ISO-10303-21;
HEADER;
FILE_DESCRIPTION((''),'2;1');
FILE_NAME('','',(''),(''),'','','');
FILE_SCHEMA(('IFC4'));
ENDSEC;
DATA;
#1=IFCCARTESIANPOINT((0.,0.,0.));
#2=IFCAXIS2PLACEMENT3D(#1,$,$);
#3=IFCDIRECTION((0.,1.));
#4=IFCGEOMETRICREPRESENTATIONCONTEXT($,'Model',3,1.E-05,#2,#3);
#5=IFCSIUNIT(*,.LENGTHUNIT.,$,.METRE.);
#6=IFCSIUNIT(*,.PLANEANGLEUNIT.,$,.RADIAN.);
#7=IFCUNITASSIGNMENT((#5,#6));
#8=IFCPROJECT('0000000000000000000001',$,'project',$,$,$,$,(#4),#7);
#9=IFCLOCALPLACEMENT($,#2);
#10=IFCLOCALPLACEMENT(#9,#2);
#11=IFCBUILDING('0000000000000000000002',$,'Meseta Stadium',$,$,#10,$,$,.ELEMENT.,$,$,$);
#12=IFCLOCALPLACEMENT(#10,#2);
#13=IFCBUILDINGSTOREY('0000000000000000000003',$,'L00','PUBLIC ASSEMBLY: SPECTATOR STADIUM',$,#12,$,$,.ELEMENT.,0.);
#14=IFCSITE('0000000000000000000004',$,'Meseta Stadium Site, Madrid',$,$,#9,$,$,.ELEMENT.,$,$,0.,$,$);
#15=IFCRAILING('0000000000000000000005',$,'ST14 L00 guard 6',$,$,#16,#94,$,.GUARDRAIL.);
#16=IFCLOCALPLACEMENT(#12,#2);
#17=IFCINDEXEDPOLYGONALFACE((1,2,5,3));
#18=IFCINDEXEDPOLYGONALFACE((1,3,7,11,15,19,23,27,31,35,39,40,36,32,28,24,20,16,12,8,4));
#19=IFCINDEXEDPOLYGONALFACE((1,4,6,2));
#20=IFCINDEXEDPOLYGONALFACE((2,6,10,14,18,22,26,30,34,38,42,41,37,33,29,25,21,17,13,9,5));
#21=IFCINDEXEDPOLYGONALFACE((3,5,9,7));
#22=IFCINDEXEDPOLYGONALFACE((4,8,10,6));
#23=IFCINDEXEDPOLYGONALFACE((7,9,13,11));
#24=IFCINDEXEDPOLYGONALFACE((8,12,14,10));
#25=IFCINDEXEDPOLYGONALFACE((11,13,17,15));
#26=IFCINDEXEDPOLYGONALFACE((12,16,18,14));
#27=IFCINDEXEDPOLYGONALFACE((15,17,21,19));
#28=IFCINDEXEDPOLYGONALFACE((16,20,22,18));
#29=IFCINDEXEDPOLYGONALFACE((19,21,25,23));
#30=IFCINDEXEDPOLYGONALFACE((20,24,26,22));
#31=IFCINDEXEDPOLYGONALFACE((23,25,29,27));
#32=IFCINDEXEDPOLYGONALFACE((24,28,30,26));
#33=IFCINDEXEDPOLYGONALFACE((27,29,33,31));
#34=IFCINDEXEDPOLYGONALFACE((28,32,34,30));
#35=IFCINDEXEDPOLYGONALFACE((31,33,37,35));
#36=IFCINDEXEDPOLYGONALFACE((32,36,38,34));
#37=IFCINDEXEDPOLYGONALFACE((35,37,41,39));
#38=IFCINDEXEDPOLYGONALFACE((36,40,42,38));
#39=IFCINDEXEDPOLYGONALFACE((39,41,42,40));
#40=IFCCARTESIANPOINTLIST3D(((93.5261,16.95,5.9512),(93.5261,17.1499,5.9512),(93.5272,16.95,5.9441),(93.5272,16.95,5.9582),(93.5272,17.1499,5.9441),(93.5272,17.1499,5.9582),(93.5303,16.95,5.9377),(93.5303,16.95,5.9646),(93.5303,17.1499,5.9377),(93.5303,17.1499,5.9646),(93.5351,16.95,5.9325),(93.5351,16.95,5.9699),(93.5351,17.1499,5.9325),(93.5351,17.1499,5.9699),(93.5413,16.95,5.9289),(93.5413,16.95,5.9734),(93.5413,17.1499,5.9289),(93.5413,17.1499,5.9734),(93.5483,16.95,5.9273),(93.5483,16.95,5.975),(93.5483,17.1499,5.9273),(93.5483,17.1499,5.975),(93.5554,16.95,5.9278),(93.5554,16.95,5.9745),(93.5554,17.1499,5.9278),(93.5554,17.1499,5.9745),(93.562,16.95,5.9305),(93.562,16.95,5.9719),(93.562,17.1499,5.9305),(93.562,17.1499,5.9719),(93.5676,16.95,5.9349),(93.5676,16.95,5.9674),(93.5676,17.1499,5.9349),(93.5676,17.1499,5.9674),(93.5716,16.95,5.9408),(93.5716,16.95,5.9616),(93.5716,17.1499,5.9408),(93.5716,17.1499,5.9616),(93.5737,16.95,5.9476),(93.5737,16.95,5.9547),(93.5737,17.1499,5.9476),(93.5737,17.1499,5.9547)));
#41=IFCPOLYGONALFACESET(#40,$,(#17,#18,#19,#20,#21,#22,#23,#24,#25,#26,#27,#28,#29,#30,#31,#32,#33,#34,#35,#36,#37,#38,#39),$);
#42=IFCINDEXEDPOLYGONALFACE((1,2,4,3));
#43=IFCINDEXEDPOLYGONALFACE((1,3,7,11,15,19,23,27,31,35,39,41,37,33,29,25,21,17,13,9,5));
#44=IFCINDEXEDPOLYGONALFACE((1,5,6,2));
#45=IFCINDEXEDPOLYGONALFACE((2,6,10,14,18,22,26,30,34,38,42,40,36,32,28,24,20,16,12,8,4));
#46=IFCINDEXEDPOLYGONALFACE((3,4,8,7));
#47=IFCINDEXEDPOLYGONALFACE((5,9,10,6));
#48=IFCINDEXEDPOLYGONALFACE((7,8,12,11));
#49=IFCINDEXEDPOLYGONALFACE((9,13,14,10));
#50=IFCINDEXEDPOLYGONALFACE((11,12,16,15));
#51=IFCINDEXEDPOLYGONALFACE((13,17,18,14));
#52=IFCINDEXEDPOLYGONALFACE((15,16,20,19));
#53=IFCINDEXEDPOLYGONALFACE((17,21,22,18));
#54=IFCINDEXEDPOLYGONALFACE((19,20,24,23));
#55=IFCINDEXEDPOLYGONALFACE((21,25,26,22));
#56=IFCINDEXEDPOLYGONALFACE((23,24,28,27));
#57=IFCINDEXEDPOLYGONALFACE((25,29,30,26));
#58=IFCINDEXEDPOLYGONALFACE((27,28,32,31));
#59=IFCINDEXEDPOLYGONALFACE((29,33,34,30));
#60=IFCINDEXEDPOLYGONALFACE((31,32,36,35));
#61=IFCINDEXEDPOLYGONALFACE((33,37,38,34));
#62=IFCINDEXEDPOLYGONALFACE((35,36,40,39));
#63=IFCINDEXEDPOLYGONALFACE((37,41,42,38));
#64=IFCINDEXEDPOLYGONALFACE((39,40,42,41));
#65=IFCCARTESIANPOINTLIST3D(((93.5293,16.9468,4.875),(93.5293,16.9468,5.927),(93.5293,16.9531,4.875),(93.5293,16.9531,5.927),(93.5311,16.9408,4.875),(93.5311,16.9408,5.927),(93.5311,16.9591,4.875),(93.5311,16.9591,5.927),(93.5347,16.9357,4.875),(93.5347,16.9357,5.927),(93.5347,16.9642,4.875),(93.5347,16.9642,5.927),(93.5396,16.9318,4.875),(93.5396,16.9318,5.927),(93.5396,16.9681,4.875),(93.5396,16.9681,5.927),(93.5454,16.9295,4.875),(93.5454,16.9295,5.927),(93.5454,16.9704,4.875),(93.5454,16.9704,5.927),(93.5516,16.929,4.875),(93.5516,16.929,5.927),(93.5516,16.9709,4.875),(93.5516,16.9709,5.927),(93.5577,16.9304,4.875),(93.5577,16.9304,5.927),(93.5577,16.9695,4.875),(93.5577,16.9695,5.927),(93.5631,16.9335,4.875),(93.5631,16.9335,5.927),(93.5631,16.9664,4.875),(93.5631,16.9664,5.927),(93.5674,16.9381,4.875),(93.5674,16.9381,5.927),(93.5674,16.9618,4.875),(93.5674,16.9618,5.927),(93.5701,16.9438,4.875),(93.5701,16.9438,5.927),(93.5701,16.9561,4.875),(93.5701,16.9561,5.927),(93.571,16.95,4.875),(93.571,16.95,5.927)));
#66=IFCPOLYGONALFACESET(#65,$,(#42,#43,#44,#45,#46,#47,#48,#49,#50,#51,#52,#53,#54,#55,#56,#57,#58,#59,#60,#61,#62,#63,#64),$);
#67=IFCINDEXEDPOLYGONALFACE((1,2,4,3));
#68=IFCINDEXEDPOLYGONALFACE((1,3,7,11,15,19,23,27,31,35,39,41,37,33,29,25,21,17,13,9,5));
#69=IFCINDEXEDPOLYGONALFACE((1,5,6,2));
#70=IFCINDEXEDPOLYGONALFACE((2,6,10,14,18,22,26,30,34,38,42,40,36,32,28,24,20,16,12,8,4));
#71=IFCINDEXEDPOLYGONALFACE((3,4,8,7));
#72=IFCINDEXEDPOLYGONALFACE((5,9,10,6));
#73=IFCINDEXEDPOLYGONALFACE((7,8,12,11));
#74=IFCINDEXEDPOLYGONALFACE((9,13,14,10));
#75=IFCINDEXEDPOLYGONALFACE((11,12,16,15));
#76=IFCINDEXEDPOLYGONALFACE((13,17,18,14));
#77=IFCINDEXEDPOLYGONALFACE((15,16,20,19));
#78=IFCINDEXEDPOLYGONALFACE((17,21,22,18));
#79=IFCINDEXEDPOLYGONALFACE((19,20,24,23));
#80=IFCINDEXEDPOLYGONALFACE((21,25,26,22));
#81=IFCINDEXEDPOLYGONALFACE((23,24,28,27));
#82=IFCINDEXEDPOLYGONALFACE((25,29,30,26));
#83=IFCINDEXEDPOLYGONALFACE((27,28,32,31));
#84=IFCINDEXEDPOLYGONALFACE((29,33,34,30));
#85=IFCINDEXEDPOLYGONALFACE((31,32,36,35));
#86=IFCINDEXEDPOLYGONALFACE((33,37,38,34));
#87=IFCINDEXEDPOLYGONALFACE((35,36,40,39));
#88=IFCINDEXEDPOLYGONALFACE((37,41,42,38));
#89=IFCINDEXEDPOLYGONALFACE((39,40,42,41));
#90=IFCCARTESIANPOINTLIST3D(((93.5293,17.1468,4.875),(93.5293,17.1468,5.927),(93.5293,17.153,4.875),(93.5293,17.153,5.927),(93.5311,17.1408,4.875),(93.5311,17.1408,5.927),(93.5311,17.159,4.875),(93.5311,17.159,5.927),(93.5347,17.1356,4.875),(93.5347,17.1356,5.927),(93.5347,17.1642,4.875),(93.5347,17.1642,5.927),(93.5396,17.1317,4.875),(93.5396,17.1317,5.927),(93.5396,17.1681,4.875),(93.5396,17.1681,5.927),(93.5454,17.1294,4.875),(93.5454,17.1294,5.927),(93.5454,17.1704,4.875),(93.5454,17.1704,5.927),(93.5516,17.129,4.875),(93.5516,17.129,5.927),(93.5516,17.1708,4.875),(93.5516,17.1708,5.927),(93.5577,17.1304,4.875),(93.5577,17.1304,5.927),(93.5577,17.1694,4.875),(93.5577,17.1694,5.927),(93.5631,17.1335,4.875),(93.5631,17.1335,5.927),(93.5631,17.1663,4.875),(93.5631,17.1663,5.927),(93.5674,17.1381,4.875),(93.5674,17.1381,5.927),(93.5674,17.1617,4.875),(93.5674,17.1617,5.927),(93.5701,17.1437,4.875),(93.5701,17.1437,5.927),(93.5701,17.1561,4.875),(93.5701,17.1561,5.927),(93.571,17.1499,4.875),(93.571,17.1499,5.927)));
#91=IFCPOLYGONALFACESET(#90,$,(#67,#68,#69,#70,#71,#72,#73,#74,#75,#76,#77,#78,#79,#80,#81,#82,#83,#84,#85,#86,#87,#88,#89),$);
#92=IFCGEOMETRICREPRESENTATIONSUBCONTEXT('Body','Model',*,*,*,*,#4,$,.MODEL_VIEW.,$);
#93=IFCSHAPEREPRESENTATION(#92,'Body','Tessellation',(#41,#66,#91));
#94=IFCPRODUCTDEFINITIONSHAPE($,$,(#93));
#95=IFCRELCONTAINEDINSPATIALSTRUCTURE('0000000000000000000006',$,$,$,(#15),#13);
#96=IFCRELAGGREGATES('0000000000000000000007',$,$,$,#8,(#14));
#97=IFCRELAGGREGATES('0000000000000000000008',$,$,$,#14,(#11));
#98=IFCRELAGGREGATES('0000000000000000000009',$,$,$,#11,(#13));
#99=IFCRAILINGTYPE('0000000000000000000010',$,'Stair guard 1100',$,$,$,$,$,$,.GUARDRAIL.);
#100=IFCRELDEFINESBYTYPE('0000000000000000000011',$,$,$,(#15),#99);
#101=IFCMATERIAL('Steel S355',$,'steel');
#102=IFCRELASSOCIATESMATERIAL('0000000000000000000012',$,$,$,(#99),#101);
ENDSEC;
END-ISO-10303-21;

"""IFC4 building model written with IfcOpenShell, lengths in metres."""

from ifc_helpers import new_model, si_unit, direction, frame, origin, origin_2d, place, context, subcontext, project, spatial, circle, extrude, material, type_object, element, save


model = new_model("IFC4")

# Units and contexts
model_context = context("Model", 3, precision=1e-05, world=origin(), true_north=direction((0.0, 1.0)))
body_context = subcontext(model_context, "Body", "Model", "MODEL_VIEW")
ifc_project = project(units=[si_unit("LENGTHUNIT", "METRE"), si_unit("PLANEANGLEUNIT", "RADIAN")], contexts=[model_context])

# Site, building, storey
site_placement = place(None, origin())
site = spatial("IfcSite", under=ifc_project, at=site_placement, Name="Meseta Stadium Site, Madrid", CompositionType="ELEMENT", RefElevation=0.0)
building_placement = place(site_placement, origin())
building = spatial("IfcBuilding", under=site, at=building_placement, Name="Meseta Stadium", CompositionType="ELEMENT")
storey_placement = place(building_placement, origin())
storey = spatial("IfcBuildingStorey", under=building, at=storey_placement, Name="L00", Description="PUBLIC ASSEMBLY: SPECTATOR STADIUM", CompositionType="ELEMENT", Elevation=0.0)

# Railing
ifc_material_1 = material(Name="Steel S355", Category="steel")
railing_type_1 = type_object("IfcRailingType", Name="Stair guard 1100", PredefinedType="GUARDRAIL", material=ifc_material_1)
railing_1_placement = place(storey_placement, frame((93.55, 16.95, 4.875)))
element("IfcRailing", 1, at=railing_1_placement, inside=storey, type_object=railing_type_1, Name="ST14 L00 guard 6", PredefinedType="GUARDRAIL", context=body_context, shape_type="SweptSolid", body=[
    extrude(circle(Radius=0.0239, at=origin_2d()), frame((0.0, 0.0, 1.0762), z_axis=(0.0, 1.0, 0.0), x_axis=(-1.0, 0.0, 0.0)), (0.0, 0.0, 1.0), 0.2),
    extrude(circle(Radius=0.021, at=origin_2d()), origin(), (0.0, 0.0, 1.0), 1.052),
    extrude(circle(Radius=0.021, at=origin_2d()), frame((0.0, 0.2, 0.0)), (0.0, 0.0, 1.0), 1.052),
])

save(model, "model.ifc")
